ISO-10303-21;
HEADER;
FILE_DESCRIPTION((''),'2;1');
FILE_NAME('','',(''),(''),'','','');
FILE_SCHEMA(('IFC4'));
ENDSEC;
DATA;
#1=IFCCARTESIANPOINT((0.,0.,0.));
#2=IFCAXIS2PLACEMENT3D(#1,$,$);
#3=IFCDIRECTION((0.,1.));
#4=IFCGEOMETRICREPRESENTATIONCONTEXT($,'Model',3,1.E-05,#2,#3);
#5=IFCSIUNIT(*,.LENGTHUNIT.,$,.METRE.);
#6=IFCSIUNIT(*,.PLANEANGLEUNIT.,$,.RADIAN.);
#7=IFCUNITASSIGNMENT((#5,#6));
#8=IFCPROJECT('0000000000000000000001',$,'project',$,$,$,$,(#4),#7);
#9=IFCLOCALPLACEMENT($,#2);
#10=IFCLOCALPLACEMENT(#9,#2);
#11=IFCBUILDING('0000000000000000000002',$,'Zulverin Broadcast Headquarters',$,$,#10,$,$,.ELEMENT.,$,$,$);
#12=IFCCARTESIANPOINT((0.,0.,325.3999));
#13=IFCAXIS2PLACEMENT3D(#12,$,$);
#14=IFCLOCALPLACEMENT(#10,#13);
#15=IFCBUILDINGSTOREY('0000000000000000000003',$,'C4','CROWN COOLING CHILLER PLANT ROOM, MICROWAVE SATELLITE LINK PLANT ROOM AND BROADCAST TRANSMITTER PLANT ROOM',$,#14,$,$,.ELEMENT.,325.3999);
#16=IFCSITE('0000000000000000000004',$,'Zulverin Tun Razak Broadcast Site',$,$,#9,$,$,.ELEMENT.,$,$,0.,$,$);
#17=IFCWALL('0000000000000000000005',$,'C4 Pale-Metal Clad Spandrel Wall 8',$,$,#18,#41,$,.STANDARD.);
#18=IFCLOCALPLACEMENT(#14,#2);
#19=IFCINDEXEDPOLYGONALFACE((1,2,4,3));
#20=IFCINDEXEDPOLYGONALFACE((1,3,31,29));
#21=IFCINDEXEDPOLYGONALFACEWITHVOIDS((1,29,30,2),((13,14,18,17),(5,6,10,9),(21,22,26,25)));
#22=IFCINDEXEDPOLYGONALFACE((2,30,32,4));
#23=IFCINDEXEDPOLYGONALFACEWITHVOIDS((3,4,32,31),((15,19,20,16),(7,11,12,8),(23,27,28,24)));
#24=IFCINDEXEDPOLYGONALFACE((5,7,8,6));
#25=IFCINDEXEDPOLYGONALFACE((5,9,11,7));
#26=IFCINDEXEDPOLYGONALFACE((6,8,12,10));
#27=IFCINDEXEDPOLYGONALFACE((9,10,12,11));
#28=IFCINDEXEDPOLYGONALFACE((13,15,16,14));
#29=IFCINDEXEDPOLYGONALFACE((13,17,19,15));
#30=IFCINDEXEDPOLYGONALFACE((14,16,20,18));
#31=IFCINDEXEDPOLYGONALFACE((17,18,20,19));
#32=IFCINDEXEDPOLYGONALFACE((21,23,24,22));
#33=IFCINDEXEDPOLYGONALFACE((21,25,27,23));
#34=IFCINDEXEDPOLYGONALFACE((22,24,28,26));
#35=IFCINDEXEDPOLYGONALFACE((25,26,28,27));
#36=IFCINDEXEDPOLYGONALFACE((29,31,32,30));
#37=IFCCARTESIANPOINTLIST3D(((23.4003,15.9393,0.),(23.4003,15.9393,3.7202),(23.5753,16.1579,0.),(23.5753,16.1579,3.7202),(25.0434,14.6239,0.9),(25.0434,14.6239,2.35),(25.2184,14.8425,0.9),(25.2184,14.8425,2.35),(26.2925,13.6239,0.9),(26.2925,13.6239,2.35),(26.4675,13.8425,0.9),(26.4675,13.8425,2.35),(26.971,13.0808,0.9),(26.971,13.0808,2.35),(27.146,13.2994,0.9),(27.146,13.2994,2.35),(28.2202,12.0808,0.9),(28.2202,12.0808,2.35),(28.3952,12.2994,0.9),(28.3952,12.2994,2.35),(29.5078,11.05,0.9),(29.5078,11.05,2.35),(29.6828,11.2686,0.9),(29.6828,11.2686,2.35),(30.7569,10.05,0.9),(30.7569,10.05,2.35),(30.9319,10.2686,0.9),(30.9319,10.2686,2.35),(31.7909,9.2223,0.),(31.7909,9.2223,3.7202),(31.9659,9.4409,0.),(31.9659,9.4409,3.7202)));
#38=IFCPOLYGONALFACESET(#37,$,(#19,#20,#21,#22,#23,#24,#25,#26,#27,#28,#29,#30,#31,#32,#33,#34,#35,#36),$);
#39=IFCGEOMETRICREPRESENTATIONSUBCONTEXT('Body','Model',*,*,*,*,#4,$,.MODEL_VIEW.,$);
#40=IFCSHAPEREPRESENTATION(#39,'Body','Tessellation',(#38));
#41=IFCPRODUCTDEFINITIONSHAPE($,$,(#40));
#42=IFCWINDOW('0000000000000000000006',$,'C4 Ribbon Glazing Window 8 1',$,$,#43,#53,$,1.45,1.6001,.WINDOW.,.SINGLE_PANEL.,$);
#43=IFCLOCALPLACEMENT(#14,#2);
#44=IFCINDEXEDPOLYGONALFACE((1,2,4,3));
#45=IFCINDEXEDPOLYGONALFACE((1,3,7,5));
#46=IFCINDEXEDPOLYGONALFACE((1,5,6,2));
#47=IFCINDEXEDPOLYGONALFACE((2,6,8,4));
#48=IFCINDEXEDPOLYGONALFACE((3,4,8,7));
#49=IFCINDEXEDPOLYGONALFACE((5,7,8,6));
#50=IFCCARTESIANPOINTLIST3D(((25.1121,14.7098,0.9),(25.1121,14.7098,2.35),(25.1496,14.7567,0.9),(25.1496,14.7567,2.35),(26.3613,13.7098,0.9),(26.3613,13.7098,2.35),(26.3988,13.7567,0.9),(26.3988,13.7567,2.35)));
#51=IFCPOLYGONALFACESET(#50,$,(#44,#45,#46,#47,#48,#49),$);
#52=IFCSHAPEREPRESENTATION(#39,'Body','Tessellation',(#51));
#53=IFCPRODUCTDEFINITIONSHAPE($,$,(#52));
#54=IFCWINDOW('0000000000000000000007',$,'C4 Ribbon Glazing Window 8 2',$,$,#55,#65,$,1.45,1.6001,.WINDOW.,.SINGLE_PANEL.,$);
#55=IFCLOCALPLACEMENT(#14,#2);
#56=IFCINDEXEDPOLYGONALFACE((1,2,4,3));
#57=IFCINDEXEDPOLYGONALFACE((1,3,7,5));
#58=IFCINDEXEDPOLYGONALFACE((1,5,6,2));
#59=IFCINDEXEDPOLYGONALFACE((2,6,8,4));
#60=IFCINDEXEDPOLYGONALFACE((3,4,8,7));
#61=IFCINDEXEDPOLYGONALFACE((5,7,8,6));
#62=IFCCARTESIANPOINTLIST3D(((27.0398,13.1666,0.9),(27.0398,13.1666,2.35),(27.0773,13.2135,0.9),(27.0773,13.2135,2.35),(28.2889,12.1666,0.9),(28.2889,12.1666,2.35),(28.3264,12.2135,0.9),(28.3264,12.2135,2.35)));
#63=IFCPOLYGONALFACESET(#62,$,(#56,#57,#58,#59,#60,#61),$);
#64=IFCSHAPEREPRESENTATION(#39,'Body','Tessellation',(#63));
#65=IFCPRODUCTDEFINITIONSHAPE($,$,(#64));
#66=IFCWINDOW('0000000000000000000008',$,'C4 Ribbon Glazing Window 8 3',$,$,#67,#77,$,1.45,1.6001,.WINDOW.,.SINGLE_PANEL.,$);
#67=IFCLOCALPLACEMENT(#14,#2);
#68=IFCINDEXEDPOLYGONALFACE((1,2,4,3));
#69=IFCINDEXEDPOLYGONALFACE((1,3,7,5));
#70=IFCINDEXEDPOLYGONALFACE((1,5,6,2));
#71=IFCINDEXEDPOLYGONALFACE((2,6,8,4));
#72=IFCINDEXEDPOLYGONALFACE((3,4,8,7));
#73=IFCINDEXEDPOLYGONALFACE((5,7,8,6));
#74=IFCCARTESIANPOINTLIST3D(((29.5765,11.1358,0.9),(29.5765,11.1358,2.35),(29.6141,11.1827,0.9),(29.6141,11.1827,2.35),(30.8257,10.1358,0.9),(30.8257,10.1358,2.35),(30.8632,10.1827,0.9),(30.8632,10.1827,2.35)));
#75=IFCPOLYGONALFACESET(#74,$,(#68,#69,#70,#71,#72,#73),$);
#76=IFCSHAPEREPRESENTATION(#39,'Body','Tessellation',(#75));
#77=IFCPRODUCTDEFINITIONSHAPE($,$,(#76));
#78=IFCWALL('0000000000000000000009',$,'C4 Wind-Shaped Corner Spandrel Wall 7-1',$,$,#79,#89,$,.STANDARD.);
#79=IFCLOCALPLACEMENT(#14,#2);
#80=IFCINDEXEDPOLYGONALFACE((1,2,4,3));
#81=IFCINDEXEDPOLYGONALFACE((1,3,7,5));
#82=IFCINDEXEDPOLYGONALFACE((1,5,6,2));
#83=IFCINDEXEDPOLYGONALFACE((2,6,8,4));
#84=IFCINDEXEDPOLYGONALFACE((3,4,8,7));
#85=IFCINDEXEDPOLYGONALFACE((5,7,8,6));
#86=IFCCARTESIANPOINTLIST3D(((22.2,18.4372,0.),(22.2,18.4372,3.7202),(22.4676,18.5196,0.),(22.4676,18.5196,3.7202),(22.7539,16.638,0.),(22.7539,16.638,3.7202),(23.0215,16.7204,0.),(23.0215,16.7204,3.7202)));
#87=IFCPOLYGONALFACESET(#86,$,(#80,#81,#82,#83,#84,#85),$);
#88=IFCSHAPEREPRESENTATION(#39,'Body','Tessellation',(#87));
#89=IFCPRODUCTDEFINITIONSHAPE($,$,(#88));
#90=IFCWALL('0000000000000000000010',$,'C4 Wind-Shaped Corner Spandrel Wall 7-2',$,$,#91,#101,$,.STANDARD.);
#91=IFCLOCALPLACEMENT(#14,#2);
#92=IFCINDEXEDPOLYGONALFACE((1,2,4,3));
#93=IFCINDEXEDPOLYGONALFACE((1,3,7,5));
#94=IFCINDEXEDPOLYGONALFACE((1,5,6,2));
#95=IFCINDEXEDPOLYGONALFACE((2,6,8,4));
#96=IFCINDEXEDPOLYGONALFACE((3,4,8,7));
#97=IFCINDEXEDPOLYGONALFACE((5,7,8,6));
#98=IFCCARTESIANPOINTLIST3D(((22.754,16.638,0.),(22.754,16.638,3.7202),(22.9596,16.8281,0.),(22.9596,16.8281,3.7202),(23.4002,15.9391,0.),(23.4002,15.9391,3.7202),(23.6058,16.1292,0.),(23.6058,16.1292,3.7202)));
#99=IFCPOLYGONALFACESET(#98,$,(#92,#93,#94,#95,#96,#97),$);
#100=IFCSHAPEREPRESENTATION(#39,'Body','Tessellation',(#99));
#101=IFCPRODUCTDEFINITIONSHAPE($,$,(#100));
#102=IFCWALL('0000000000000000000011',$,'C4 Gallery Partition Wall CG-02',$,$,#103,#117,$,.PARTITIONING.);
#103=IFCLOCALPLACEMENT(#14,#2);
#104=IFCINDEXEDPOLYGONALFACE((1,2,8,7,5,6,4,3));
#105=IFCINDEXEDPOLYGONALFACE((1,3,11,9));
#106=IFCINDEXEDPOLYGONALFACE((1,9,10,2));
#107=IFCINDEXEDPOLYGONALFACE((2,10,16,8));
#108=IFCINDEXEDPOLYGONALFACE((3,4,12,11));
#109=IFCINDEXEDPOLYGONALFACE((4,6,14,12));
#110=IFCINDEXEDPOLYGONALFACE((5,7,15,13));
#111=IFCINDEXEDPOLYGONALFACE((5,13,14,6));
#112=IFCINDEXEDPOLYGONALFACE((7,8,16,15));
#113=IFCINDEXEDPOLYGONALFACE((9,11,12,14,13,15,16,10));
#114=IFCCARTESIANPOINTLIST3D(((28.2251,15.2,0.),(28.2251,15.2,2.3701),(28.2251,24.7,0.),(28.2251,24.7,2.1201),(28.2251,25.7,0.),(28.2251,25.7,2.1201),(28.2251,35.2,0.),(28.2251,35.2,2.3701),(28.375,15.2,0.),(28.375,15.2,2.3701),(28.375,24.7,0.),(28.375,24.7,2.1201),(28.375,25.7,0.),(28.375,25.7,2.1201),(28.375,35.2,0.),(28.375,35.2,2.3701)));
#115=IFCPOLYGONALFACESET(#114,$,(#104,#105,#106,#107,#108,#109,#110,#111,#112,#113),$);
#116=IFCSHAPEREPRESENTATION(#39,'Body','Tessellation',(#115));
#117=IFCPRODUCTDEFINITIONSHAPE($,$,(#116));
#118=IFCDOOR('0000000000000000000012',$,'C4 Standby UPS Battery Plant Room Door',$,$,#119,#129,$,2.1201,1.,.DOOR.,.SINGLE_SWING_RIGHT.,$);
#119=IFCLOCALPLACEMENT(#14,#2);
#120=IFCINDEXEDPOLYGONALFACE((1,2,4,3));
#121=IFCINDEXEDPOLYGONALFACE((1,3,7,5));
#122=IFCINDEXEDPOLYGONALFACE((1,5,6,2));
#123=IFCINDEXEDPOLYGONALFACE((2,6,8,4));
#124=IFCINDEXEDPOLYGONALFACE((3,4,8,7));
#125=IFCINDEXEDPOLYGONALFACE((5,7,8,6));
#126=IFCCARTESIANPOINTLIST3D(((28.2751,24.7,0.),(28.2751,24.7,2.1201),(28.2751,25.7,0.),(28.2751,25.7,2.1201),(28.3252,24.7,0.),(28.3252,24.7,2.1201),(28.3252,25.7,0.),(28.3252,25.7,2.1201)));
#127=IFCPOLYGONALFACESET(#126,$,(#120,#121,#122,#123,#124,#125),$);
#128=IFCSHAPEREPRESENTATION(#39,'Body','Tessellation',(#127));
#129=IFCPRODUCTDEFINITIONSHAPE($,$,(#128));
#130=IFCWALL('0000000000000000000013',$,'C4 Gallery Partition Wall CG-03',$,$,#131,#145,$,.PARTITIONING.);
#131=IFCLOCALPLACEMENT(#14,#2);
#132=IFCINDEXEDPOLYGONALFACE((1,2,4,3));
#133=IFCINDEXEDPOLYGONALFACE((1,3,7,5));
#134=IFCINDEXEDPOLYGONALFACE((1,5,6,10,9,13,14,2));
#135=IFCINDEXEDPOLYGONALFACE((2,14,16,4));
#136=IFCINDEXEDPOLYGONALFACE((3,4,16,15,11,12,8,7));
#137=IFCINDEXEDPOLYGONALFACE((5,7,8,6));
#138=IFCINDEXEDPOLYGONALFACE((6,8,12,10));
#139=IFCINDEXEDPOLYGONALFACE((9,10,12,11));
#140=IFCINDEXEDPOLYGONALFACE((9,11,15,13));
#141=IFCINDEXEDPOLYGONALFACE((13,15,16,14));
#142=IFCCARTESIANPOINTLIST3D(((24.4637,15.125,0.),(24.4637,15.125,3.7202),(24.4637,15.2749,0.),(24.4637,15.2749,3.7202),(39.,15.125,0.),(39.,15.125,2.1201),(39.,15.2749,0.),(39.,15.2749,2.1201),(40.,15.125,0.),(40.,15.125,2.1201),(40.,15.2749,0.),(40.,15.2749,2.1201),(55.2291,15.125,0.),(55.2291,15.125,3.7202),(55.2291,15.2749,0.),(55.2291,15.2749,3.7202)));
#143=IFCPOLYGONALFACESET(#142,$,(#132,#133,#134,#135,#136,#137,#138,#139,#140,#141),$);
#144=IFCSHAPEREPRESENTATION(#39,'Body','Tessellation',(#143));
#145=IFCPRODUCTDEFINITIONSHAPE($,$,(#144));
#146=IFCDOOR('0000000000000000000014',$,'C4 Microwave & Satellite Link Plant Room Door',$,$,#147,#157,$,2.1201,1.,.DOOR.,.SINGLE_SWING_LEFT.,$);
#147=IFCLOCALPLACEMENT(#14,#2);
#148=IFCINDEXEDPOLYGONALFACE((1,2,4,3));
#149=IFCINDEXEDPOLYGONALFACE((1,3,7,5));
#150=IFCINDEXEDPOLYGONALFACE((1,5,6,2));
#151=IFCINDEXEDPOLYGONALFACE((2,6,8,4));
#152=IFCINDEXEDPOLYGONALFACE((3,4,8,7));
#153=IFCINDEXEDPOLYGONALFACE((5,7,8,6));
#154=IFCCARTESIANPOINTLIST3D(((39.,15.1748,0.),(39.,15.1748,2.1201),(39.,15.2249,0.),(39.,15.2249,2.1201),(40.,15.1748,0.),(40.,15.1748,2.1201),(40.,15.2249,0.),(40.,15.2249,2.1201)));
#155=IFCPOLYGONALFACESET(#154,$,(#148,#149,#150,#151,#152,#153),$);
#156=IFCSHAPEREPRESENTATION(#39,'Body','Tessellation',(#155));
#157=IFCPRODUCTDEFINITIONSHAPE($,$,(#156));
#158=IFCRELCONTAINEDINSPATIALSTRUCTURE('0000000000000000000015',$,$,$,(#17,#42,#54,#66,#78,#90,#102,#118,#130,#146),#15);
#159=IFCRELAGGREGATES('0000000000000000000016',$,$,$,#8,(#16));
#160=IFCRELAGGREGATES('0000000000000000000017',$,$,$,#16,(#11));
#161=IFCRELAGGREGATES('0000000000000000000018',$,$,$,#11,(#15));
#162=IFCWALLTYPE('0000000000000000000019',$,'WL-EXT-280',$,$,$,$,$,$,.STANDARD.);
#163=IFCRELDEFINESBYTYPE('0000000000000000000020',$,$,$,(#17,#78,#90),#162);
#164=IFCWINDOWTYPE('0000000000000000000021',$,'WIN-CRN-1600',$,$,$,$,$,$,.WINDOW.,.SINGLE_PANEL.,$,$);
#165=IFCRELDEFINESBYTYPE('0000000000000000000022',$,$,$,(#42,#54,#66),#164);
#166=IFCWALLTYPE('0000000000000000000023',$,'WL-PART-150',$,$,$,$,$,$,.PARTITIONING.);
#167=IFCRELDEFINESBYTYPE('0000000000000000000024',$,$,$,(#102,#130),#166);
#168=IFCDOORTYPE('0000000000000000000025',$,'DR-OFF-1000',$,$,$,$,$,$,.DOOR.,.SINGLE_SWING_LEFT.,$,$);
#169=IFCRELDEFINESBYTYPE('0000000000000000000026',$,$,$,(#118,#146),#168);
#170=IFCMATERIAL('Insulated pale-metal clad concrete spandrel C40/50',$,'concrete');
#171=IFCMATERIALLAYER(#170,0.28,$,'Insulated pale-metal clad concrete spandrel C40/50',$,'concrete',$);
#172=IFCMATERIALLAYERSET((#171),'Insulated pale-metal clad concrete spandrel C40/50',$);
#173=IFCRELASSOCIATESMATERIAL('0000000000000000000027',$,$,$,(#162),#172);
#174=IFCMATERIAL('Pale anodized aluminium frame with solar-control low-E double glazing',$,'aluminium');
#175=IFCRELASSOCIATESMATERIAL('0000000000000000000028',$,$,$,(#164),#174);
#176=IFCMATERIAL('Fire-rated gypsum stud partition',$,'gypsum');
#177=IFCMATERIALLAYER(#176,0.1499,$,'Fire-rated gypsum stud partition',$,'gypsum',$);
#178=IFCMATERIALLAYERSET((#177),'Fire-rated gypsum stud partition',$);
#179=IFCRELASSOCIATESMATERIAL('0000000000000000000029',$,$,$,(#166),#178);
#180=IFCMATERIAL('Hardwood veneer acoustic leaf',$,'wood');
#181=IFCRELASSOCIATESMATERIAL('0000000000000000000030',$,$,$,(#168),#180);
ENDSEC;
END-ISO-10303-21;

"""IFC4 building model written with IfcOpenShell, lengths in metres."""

from ifc_helpers import new_model, si_unit, direction, frame, frame_2d, origin, place, context, subcontext, project, spatial, rectangle, extrude, material, layer, layer_set, type_object, element, fill, save


model = new_model("IFC4")

# Units and contexts
model_context = context("Model", 3, precision=1e-05, world=origin(), true_north=direction((0.0, 1.0)))
body_context = subcontext(model_context, "Body", "Model", "MODEL_VIEW")
ifc_project = project(units=[si_unit("LENGTHUNIT", "METRE"), si_unit("PLANEANGLEUNIT", "RADIAN")], contexts=[model_context])

# Site, building, storey
site_placement = place(None, origin())
site = spatial("IfcSite", under=ifc_project, at=site_placement, Name="Zulverin Tun Razak Broadcast Site", CompositionType="ELEMENT", RefElevation=0.0)
building_placement = place(site_placement, origin())
building = spatial("IfcBuilding", under=site, at=building_placement, Name="Zulverin Broadcast Headquarters", CompositionType="ELEMENT")
storey_placement = place(building_placement, frame((0.0, 0.0, 325.3999)))
storey = spatial("IfcBuildingStorey", under=building, at=storey_placement, Name="C4", Description="CROWN COOLING CHILLER PLANT ROOM, MICROWAVE SATELLITE LINK PLANT ROOM AND BROADCAST TRANSMITTER PLANT ROOM", CompositionType="ELEMENT", Elevation=325.3999)

# Wall, openings, windows
ifc_material_1 = material(Name="Insulated pale-metal clad concrete spandrel C40/50", Category="concrete")
ifc_layer_1 = layer(ifc_material_1, 0.28, Name="Insulated pale-metal clad concrete spandrel C40/50", Category="concrete")
ifc_layer_set_1 = layer_set([ifc_layer_1], Name="Insulated pale-metal clad concrete spandrel C40/50")
wall_type_1 = type_object("IfcWallType", Name="WL-EXT-280", PredefinedType="STANDARD", material=ifc_layer_set_1)
wall_1_placement = place(storey_placement, frame((23.4878, 16.0486, 0.0), z_axis=(0.0, 0.0, 1.0), x_axis=(0.780663, -0.624953, 0.0)))
wall_1 = element("IfcWall", 1, at=wall_1_placement, inside=storey, type_object=wall_type_1, Name="C4 Pale-Metal Clad Spandrel Wall 8", PredefinedType="STANDARD", context=body_context, shape_type="SweptSolid", body=[
    extrude(rectangle(XDim=10.748, YDim=0.28, at=frame_2d((5.374, 0.0))), origin(), (0.0, 0.0, 1.0), 3.7202),
])
opening_1_placement = place(wall_1_placement, frame((2.1047, 0.0, 0.8999)))
opening_1 = element("IfcOpeningElement", 2, at=opening_1_placement, cuts=wall_1, PredefinedType="OPENING", context=body_context, shape_type="SweptSolid", body=[
    extrude(rectangle(XDim=1.6001, YDim=1.45, at=frame_2d((0.8, 0.7251))), frame((0.0, 0.1499, 0.0), z_axis=(0.0, -1.0, 0.0), x_axis=(1.0, 0.0, 0.0)), (0.0, 0.0, 1.0), 0.3),
])
opening_2_placement = place(wall_1_placement, frame((4.574, 0.0, 0.8999)))
opening_2 = element("IfcOpeningElement", 3, at=opening_2_placement, cuts=wall_1, PredefinedType="OPENING", context=body_context, shape_type="SweptSolid", body=[
    extrude(rectangle(XDim=1.6001, YDim=1.45, at=frame_2d((0.8, 0.7251))), frame((0.0, 0.1499, 0.0), z_axis=(0.0, -1.0, 0.0), x_axis=(1.0, 0.0, 0.0)), (0.0, 0.0, 1.0), 0.3),
])
opening_3_placement = place(wall_1_placement, frame((7.8235, 0.0, 0.8999)))
opening_3 = element("IfcOpeningElement", 4, at=opening_3_placement, cuts=wall_1, PredefinedType="OPENING", context=body_context, shape_type="SweptSolid", body=[
    extrude(rectangle(XDim=1.6001, YDim=1.45, at=frame_2d((0.8, 0.7251))), frame((0.0, 0.1499, 0.0), z_axis=(0.0, -1.0, 0.0), x_axis=(1.0, 0.0, 0.0)), (0.0, 0.0, 1.0), 0.3),
])
ifc_material_2 = material(Name="Pale anodized aluminium frame with solar-control low-E double glazing", Category="aluminium")
window_type = type_object("IfcWindowType", Name="WIN-CRN-1600", PartitioningType="SINGLE_PANEL", PredefinedType="WINDOW", material=ifc_material_2)
window_1_placement = place(opening_1_placement, origin())
window_1 = element("IfcWindow", 5, at=window_1_placement, inside=storey, type_object=window_type, Name="C4 Ribbon Glazing Window 8 1", OverallHeight=1.45, OverallWidth=1.6001, PartitioningType="SINGLE_PANEL", PredefinedType="WINDOW", context=body_context, shape_type="SweptSolid", body=[
    extrude(rectangle(XDim=1.6001, YDim=1.45, at=frame_2d((0.8, 0.7251))), frame((0.0, 0.03, 0.0), z_axis=(0.0, -1.0, 0.0), x_axis=(1.0, 0.0, 0.0)), (0.0, 0.0, 1.0), 0.0601),
])
fill(opening_1, window_1)
window_2_placement = place(opening_2_placement, origin())
window_2 = element("IfcWindow", 6, at=window_2_placement, inside=storey, type_object=window_type, Name="C4 Ribbon Glazing Window 8 2", OverallHeight=1.45, OverallWidth=1.6001, PartitioningType="SINGLE_PANEL", PredefinedType="WINDOW", context=body_context, shape_type="SweptSolid", body=[
    extrude(rectangle(XDim=1.6001, YDim=1.45, at=frame_2d((0.8, 0.7251))), frame((0.0, 0.03, 0.0), z_axis=(0.0, -1.0, 0.0), x_axis=(1.0, 0.0, 0.0)), (0.0, 0.0, 1.0), 0.0601),
])
fill(opening_2, window_2)
window_3_placement = place(opening_3_placement, origin())
window_3 = element("IfcWindow", 7, at=window_3_placement, inside=storey, type_object=window_type, Name="C4 Ribbon Glazing Window 8 3", OverallHeight=1.45, OverallWidth=1.6001, PartitioningType="SINGLE_PANEL", PredefinedType="WINDOW", context=body_context, shape_type="SweptSolid", body=[
    extrude(rectangle(XDim=1.6001, YDim=1.45, at=frame_2d((0.8, 0.7251))), frame((0.0, 0.03, 0.0), z_axis=(0.0, -1.0, 0.0), x_axis=(1.0, 0.0, 0.0)), (0.0, 0.0, 1.0), 0.0601),
])
fill(opening_3, window_3)

# Walls
wall_2_placement = place(storey_placement, frame((22.3337, 18.4785, 0.0), z_axis=(0.0, 0.0, 1.0), x_axis=(0.294241, -0.955731, 0.0)))
element("IfcWall", 8, at=wall_2_placement, inside=storey, type_object=wall_type_1, Name="C4 Wind-Shaped Corner Spandrel Wall 7-1", PredefinedType="STANDARD", context=body_context, shape_type="SweptSolid", body=[
    extrude(rectangle(XDim=1.8826, YDim=0.28, at=frame_2d((0.9414, 0.0))), origin(), (0.0, 0.0, 1.0), 3.7202),
])
wall_3_placement = place(storey_placement, frame((22.8567, 16.7332, 0.0), z_axis=(0.0, 0.0, 1.0), x_axis=(0.678866, -0.734262, 0.0)))
element("IfcWall", 9, at=wall_3_placement, inside=storey, type_object=wall_type_1, Name="C4 Wind-Shaped Corner Spandrel Wall 7-2", PredefinedType="STANDARD", context=body_context, shape_type="SweptSolid", body=[
    extrude(rectangle(XDim=0.9519, YDim=0.28, at=frame_2d((0.4761, 0.0))), origin(), (0.0, 0.0, 1.0), 3.7202),
])

# Walls, openings, doors
ifc_material_3 = material(Name="Fire-rated gypsum stud partition", Category="gypsum")
ifc_layer_2 = layer(ifc_material_3, 0.1499, Name="Fire-rated gypsum stud partition", Category="gypsum")
ifc_layer_set_2 = layer_set([ifc_layer_2], Name="Fire-rated gypsum stud partition")
wall_type_2 = type_object("IfcWallType", Name="WL-PART-150", PredefinedType="PARTITIONING", material=ifc_layer_set_2)
wall_4_placement = place(storey_placement, frame((28.3, 15.2, 0.0), z_axis=(0.0, 0.0, 1.0), x_axis=(0.0, 1.0, 0.0)))
wall_4 = element("IfcWall", 10, at=wall_4_placement, inside=storey, type_object=wall_type_2, Name="C4 Gallery Partition Wall CG-02", PredefinedType="PARTITIONING", context=body_context, shape_type="SweptSolid", body=[
    extrude(rectangle(XDim=20.0, YDim=0.1499, at=frame_2d((10.0, 0.0))), origin(), (0.0, 0.0, 1.0), 2.3701),
])
opening_4_placement = place(wall_4_placement, frame((9.5, 0.0, 0.0)))
opening_4 = element("IfcOpeningElement", 11, at=opening_4_placement, cuts=wall_4, PredefinedType="OPENING", context=body_context, shape_type="SweptSolid", body=[
    extrude(rectangle(XDim=1.0, YDim=2.1201, at=frame_2d((0.5, 1.0601))), frame((0.0, 0.085, 0.0), z_axis=(0.0, -1.0, 0.0), x_axis=(1.0, 0.0, 0.0)), (0.0, 0.0, 1.0), 0.1699),
])
ifc_material_4 = material(Name="Hardwood veneer acoustic leaf", Category="wood")
door_type = type_object("IfcDoorType", Name="DR-OFF-1000", OperationType="SINGLE_SWING_LEFT", PredefinedType="DOOR", material=ifc_material_4)
door_1_placement = place(opening_4_placement, origin())
door_1 = element("IfcDoor", 12, at=door_1_placement, inside=storey, type_object=door_type, Name="C4 Standby UPS Battery Plant Room Door", OperationType="SINGLE_SWING_RIGHT", OverallHeight=2.1201, OverallWidth=1.0, PredefinedType="DOOR", context=body_context, shape_type="SweptSolid", body=[
    extrude(rectangle(XDim=1.0, YDim=2.1201, at=frame_2d((0.5, 1.0601))), frame((0.0, 0.0249, 0.0), z_axis=(0.0, -1.0, 0.0), x_axis=(1.0, 0.0, 0.0)), (0.0, 0.0, 1.0), 0.05),
])
fill(opening_4, door_1)
wall_5_placement = place(storey_placement, frame((24.4636, 15.2, 0.0), z_axis=(0.0, 0.0, 1.0), x_axis=(1.0, 0.0, 0.0)))
wall_5 = element("IfcWall", 13, at=wall_5_placement, inside=storey, type_object=wall_type_2, Name="C4 Gallery Partition Wall CG-03", PredefinedType="PARTITIONING", context=body_context, shape_type="SweptSolid", body=[
    extrude(rectangle(XDim=30.7654, YDim=0.1499, at=frame_2d((15.3828, 0.0))), origin(), (0.0, 0.0, 1.0), 3.7202),
])
opening_5_placement = place(wall_5_placement, frame((14.5364, 0.0, 0.0)))
opening_5 = element("IfcOpeningElement", 14, at=opening_5_placement, cuts=wall_5, PredefinedType="OPENING", context=body_context, shape_type="SweptSolid", body=[
    extrude(rectangle(XDim=1.0, YDim=2.1201, at=frame_2d((0.5, 1.0601))), frame((0.0, 0.085, 0.0), z_axis=(0.0, -1.0, 0.0), x_axis=(1.0, 0.0, 0.0)), (0.0, 0.0, 1.0), 0.1699),
])
door_2_placement = place(opening_5_placement, origin())
door_2 = element("IfcDoor", 15, at=door_2_placement, inside=storey, type_object=door_type, Name="C4 Microwave & Satellite Link Plant Room Door", OperationType="SINGLE_SWING_LEFT", OverallHeight=2.1201, OverallWidth=1.0, PredefinedType="DOOR", context=body_context, shape_type="SweptSolid", body=[
    extrude(rectangle(XDim=1.0, YDim=2.1201, at=frame_2d((0.5, 1.0601))), frame((0.0, 0.0249, 0.0), z_axis=(0.0, -1.0, 0.0), x_axis=(1.0, 0.0, 0.0)), (0.0, 0.0, 1.0), 0.05),
])
fill(opening_5, door_2)

save(model, "model.ifc")
